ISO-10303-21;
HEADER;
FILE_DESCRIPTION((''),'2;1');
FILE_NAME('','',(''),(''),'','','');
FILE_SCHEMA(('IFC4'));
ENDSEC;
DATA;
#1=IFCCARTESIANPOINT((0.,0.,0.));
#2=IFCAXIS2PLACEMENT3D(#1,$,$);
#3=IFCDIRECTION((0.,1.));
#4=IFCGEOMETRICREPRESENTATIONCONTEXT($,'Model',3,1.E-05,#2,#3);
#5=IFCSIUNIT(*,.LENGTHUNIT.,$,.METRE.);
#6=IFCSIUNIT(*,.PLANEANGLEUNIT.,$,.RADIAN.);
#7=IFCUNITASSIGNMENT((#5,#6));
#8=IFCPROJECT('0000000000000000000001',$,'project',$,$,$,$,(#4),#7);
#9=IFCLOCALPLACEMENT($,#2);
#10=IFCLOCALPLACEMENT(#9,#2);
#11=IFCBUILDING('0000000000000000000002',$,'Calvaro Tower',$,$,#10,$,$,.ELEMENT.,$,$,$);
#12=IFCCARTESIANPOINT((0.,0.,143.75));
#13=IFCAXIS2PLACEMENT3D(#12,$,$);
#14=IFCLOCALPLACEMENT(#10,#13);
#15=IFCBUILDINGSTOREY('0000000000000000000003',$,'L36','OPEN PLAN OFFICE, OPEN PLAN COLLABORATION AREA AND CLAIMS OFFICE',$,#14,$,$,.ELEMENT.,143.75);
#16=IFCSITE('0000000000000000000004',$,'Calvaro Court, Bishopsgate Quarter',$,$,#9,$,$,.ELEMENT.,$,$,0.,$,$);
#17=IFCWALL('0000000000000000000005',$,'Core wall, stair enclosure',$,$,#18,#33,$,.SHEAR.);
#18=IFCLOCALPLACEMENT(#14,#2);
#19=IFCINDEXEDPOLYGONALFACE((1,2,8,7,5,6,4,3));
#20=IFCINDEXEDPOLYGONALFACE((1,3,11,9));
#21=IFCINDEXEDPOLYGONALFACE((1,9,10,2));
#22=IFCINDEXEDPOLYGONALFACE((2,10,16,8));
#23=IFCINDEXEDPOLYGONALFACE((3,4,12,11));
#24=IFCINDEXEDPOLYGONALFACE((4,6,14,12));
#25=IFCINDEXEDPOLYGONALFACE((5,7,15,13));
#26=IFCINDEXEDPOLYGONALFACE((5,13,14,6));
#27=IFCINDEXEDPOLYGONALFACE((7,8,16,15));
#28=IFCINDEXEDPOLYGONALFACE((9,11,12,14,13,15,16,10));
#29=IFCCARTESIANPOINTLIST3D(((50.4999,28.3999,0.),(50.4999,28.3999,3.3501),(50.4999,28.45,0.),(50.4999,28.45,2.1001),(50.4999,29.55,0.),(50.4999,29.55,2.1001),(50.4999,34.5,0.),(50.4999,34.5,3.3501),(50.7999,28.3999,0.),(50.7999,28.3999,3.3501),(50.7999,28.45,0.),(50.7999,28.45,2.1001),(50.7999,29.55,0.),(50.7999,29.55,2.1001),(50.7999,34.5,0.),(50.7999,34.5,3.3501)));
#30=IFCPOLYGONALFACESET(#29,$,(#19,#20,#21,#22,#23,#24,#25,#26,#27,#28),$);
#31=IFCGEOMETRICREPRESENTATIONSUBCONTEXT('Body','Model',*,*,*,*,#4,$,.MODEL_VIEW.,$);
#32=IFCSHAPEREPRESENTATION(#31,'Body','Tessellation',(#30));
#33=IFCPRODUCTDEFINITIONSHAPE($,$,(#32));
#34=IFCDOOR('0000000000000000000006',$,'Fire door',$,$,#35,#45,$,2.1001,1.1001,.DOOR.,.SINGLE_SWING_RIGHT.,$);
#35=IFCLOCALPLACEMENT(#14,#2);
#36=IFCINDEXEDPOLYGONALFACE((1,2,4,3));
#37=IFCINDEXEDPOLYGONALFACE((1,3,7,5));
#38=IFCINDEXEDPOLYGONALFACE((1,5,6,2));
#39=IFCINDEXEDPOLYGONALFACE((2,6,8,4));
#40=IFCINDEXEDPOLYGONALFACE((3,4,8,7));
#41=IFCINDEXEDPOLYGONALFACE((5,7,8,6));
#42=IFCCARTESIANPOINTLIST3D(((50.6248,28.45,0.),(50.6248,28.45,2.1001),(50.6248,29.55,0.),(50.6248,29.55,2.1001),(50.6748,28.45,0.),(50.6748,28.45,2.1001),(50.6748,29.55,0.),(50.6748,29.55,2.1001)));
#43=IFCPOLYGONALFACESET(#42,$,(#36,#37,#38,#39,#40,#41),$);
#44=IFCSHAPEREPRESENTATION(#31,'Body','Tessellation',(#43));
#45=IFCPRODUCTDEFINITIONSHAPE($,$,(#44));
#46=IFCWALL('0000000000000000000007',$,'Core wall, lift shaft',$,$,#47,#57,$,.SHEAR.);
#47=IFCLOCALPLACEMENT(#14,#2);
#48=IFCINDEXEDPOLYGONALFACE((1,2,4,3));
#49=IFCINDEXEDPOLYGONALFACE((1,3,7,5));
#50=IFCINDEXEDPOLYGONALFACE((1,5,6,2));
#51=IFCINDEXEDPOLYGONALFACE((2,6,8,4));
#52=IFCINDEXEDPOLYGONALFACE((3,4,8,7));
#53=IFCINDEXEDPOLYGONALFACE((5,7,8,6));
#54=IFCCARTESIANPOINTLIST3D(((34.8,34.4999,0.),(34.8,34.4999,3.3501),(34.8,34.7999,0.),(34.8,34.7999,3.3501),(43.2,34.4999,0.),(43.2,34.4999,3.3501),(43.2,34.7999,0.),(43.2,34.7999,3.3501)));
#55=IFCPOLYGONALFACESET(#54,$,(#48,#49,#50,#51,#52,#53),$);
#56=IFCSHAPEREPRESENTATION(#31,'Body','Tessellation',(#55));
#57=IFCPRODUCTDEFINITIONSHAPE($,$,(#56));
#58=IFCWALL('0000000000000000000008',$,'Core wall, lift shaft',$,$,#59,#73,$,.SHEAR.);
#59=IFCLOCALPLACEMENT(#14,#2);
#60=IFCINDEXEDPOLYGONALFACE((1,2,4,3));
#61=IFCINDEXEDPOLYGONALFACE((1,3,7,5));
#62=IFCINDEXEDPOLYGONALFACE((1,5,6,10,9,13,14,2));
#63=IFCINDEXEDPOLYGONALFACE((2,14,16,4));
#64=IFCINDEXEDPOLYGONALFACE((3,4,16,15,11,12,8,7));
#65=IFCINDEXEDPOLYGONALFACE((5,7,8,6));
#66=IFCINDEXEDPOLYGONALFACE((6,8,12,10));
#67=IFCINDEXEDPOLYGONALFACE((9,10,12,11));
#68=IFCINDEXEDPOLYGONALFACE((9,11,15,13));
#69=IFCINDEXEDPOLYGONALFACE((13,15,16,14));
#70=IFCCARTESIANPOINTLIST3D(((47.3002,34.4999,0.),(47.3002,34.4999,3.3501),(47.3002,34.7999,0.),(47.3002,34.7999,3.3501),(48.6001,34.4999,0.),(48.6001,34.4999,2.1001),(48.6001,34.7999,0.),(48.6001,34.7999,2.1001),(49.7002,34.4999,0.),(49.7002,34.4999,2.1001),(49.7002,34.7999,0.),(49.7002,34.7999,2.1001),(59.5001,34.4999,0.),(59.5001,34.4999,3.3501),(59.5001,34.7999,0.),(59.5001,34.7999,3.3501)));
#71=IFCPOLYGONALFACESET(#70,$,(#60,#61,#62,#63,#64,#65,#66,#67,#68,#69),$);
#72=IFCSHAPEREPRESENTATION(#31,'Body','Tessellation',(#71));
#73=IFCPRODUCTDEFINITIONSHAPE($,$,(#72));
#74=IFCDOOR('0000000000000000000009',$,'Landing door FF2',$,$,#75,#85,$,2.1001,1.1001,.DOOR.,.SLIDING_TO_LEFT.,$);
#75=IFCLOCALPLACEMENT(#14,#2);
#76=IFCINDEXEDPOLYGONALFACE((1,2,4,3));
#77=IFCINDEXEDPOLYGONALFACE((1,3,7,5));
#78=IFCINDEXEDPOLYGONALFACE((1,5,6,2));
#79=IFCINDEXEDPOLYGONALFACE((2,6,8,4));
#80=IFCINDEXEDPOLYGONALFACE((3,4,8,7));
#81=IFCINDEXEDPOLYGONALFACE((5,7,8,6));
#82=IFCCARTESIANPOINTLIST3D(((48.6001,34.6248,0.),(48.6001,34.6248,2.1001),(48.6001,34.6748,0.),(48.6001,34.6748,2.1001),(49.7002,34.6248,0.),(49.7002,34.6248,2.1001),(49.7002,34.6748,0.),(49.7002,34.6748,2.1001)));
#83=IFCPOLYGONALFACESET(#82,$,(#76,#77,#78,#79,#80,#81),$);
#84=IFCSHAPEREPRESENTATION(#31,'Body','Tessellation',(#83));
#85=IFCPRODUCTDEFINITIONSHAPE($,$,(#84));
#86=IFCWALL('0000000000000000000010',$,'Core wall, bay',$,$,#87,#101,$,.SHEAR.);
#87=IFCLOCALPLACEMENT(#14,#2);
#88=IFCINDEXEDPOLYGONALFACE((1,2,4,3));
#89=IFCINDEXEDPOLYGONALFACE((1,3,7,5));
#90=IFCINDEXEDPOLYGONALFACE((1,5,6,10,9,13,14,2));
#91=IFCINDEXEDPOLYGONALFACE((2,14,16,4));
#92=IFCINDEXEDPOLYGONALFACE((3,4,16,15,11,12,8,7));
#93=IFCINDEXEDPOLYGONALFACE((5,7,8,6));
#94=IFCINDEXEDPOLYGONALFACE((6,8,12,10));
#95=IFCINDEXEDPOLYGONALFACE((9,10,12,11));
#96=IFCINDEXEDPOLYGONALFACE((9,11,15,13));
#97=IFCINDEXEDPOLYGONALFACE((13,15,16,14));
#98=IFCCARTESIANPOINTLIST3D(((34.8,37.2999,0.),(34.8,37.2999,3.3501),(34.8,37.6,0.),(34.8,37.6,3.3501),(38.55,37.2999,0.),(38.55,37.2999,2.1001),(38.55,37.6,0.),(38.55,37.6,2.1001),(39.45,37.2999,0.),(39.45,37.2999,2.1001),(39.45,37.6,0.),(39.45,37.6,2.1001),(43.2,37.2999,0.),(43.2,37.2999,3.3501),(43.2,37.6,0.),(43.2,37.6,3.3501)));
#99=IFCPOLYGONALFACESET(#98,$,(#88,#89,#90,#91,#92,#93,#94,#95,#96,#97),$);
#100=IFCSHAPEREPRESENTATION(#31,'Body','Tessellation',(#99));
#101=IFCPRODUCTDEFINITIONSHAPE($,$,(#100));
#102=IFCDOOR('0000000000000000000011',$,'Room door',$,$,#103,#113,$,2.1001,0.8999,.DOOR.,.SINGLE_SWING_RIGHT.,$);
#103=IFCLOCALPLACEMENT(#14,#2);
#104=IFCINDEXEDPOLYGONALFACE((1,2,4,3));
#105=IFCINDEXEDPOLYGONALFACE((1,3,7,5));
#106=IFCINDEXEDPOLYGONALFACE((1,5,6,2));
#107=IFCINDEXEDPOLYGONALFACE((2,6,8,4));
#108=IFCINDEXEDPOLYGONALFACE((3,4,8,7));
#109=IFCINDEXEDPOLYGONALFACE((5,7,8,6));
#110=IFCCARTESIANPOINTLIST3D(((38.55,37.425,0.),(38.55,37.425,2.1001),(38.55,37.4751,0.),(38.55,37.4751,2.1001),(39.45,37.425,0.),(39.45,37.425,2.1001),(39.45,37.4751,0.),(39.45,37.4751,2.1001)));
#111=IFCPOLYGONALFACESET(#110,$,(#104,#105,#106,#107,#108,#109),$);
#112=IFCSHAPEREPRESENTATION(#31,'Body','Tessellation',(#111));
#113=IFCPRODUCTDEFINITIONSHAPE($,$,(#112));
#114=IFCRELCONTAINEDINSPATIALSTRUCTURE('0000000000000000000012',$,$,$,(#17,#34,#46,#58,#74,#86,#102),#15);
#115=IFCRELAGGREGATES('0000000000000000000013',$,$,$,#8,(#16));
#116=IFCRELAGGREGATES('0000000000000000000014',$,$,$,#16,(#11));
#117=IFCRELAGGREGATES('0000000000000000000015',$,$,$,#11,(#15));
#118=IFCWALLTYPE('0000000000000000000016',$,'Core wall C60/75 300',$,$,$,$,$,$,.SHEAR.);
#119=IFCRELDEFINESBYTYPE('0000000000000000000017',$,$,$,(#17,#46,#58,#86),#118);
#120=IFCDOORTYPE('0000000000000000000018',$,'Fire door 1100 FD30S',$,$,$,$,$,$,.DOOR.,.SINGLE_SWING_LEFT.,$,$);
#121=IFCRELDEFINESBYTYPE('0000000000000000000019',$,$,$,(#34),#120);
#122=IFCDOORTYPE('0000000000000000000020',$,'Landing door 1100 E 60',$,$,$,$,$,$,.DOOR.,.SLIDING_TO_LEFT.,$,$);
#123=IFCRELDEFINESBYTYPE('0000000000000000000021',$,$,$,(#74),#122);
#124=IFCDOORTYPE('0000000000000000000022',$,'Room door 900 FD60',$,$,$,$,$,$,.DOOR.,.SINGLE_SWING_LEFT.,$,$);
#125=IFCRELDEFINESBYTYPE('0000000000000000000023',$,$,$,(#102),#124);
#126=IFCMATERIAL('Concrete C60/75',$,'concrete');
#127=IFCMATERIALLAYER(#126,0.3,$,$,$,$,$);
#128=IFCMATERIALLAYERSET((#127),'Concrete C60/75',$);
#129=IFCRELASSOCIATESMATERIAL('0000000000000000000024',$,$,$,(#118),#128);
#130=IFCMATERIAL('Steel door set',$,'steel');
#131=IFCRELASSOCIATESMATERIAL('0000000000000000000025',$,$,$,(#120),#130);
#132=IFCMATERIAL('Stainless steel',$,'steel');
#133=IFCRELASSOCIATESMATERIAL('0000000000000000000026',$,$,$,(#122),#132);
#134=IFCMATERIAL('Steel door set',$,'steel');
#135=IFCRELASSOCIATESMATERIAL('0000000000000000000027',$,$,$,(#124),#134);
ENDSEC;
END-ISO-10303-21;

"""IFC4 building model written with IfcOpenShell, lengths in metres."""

from ifc_helpers import new_model, si_unit, direction, frame, frame_2d, origin, place, context, subcontext, project, spatial, rectangle, extrude, material, layer, layer_set, type_object, element, fill, save


model = new_model("IFC4")

# Units and contexts
model_context = context("Model", 3, precision=1e-05, world=origin(), true_north=direction((0.0, 1.0)))
body_context = subcontext(model_context, "Body", "Model", "MODEL_VIEW")
ifc_project = project(units=[si_unit("LENGTHUNIT", "METRE"), si_unit("PLANEANGLEUNIT", "RADIAN")], contexts=[model_context])

# Site, building, storey
site_placement = place(None, origin())
site = spatial("IfcSite", under=ifc_project, at=site_placement, Name="Calvaro Court, Bishopsgate Quarter", CompositionType="ELEMENT", RefElevation=0.0)
building_placement = place(site_placement, origin())
building = spatial("IfcBuilding", under=site, at=building_placement, Name="Calvaro Tower", CompositionType="ELEMENT")
storey_placement = place(building_placement, frame((0.0, 0.0, 143.75)))
storey = spatial("IfcBuildingStorey", under=building, at=storey_placement, Name="L36", Description="OPEN PLAN OFFICE, OPEN PLAN COLLABORATION AREA AND CLAIMS OFFICE", CompositionType="ELEMENT", Elevation=143.75)

# Wall, opening, door
ifc_material_1 = material(Name="Concrete C60/75", Category="concrete")
ifc_layer_1 = layer(ifc_material_1, 0.3)
ifc_layer_set_1 = layer_set([ifc_layer_1], Name="Concrete C60/75")
wall_type_1 = type_object("IfcWallType", Name="Core wall C60/75 300", PredefinedType="SHEAR", material=ifc_layer_set_1)
wall_1_placement = place(storey_placement, frame((50.6499, 34.5, 0.0), z_axis=(0.0, 0.0, 1.0), x_axis=(0.0, -1.0, 0.0)))
wall_1 = element("IfcWall", 1, at=wall_1_placement, inside=storey, type_object=wall_type_1, Name="Core wall, stair enclosure", PredefinedType="SHEAR", context=body_context, shape_type="SweptSolid", body=[
    extrude(rectangle(XDim=6.1001, YDim=0.3, at=frame_2d((3.05, 0.0))), origin(), (0.0, 0.0, 1.0), 3.3501),
])
opening_1_placement = place(wall_1_placement, frame((4.95, 0.0, 0.0)))
opening_1 = element("IfcOpeningElement", 2, at=opening_1_placement, cuts=wall_1, PredefinedType="OPENING", context=body_context, shape_type="SweptSolid", body=[
    extrude(rectangle(XDim=1.1001, YDim=2.1001, at=frame_2d((0.55, 1.05))), frame((0.0, 0.1599, 0.0), z_axis=(0.0, -1.0, 0.0), x_axis=(1.0, 0.0, 0.0)), (0.0, 0.0, 1.0), 0.3201),
])
ifc_material_2 = material(Name="Steel door set", Category="steel")
door_type_1 = type_object("IfcDoorType", Name="Fire door 1100 FD30S", OperationType="SINGLE_SWING_LEFT", PredefinedType="DOOR", material=ifc_material_2)
door_1_placement = place(opening_1_placement, origin())
door_1 = element("IfcDoor", 3, at=door_1_placement, inside=storey, type_object=door_type_1, Name="Fire door", OperationType="SINGLE_SWING_RIGHT", OverallHeight=2.1001, OverallWidth=1.1001, PredefinedType="DOOR", context=body_context, shape_type="SweptSolid", body=[
    extrude(rectangle(XDim=1.1001, YDim=2.1001, at=frame_2d((0.55, 1.05))), frame((0.0, 0.0249, 0.0), z_axis=(0.0, -1.0, 0.0), x_axis=(1.0, 0.0, 0.0)), (0.0, 0.0, 1.0), 0.05),
])
fill(opening_1, door_1)

# Wall
wall_2_placement = place(storey_placement, frame((34.8, 34.6499, 0.0), z_axis=(0.0, 0.0, 1.0), x_axis=(1.0, 0.0, 0.0)))
element("IfcWall", 4, at=wall_2_placement, inside=storey, type_object=wall_type_1, Name="Core wall, lift shaft", PredefinedType="SHEAR", context=body_context, shape_type="SweptSolid", body=[
    extrude(rectangle(XDim=8.3999, YDim=0.3, at=frame_2d((4.2, 0.0))), origin(), (0.0, 0.0, 1.0), 3.3501),
])

# Walls, openings, doors
wall_3_placement = place(storey_placement, frame((47.3, 34.6499, 0.0), z_axis=(0.0, 0.0, 1.0), x_axis=(1.0, 0.0, 0.0)))
wall_3 = element("IfcWall", 5, at=wall_3_placement, inside=storey, type_object=wall_type_1, Name="Core wall, lift shaft", PredefinedType="SHEAR", context=body_context, shape_type="SweptSolid", body=[
    extrude(rectangle(XDim=12.2, YDim=0.3, at=frame_2d((6.1001, 0.0))), origin(), (0.0, 0.0, 1.0), 3.3501),
])
opening_2_placement = place(wall_3_placement, frame((1.3, 0.0, 0.0)))
opening_2 = element("IfcOpeningElement", 6, at=opening_2_placement, cuts=wall_3, PredefinedType="OPENING", context=body_context, shape_type="SweptSolid", body=[
    extrude(rectangle(XDim=1.1001, YDim=2.1001, at=frame_2d((0.55, 1.05))), frame((0.0, 0.1599, 0.0), z_axis=(0.0, -1.0, 0.0), x_axis=(1.0, 0.0, 0.0)), (0.0, 0.0, 1.0), 0.3201),
])
ifc_material_3 = material(Name="Stainless steel", Category="steel")
door_type_2 = type_object("IfcDoorType", Name="Landing door 1100 E 60", OperationType="SLIDING_TO_LEFT", PredefinedType="DOOR", material=ifc_material_3)
door_2_placement = place(opening_2_placement, origin())
door_2 = element("IfcDoor", 7, at=door_2_placement, inside=storey, type_object=door_type_2, Name="Landing door FF2", OperationType="SLIDING_TO_LEFT", OverallHeight=2.1001, OverallWidth=1.1001, PredefinedType="DOOR", context=body_context, shape_type="SweptSolid", body=[
    extrude(rectangle(XDim=1.1001, YDim=2.1001, at=frame_2d((0.55, 1.05))), frame((0.0, 0.0249, 0.0), z_axis=(0.0, -1.0, 0.0), x_axis=(1.0, 0.0, 0.0)), (0.0, 0.0, 1.0), 0.05),
])
fill(opening_2, door_2)
wall_4_placement = place(storey_placement, frame((43.2, 37.45, 0.0), z_axis=(0.0, 0.0, 1.0), x_axis=(-1.0, 0.0, 0.0)))
wall_4 = element("IfcWall", 8, at=wall_4_placement, inside=storey, type_object=wall_type_1, Name="Core wall, bay", PredefinedType="SHEAR", context=body_context, shape_type="SweptSolid", body=[
    extrude(rectangle(XDim=8.3999, YDim=0.3, at=frame_2d((4.2, 0.0))), origin(), (0.0, 0.0, 1.0), 3.3501),
])
opening_3_placement = place(wall_4_placement, frame((3.75, 0.0, 0.0)))
opening_3 = element("IfcOpeningElement", 9, at=opening_3_placement, cuts=wall_4, PredefinedType="OPENING", context=body_context, shape_type="SweptSolid", body=[
    extrude(rectangle(XDim=0.8999, YDim=2.1001, at=frame_2d((0.45, 1.05))), frame((0.0, 0.1599, 0.0), z_axis=(0.0, -1.0, 0.0), x_axis=(1.0, 0.0, 0.0)), (0.0, 0.0, 1.0), 0.3201),
])
ifc_material_4 = material(Name="Steel door set", Category="steel")
door_type_3 = type_object("IfcDoorType", Name="Room door 900 FD60", OperationType="SINGLE_SWING_LEFT", PredefinedType="DOOR", material=ifc_material_4)
door_3_placement = place(opening_3_placement, origin())
door_3 = element("IfcDoor", 10, at=door_3_placement, inside=storey, type_object=door_type_3, Name="Room door", OperationType="SINGLE_SWING_RIGHT", OverallHeight=2.1001, OverallWidth=0.8999, PredefinedType="DOOR", context=body_context, shape_type="SweptSolid", body=[
    extrude(rectangle(XDim=0.8999, YDim=2.1001, at=frame_2d((0.45, 1.05))), frame((0.0, 0.0249, 0.0), z_axis=(0.0, -1.0, 0.0), x_axis=(1.0, 0.0, 0.0)), (0.0, 0.0, 1.0), 0.05),
])
fill(opening_3, door_3)

save(model, "model.ifc")
